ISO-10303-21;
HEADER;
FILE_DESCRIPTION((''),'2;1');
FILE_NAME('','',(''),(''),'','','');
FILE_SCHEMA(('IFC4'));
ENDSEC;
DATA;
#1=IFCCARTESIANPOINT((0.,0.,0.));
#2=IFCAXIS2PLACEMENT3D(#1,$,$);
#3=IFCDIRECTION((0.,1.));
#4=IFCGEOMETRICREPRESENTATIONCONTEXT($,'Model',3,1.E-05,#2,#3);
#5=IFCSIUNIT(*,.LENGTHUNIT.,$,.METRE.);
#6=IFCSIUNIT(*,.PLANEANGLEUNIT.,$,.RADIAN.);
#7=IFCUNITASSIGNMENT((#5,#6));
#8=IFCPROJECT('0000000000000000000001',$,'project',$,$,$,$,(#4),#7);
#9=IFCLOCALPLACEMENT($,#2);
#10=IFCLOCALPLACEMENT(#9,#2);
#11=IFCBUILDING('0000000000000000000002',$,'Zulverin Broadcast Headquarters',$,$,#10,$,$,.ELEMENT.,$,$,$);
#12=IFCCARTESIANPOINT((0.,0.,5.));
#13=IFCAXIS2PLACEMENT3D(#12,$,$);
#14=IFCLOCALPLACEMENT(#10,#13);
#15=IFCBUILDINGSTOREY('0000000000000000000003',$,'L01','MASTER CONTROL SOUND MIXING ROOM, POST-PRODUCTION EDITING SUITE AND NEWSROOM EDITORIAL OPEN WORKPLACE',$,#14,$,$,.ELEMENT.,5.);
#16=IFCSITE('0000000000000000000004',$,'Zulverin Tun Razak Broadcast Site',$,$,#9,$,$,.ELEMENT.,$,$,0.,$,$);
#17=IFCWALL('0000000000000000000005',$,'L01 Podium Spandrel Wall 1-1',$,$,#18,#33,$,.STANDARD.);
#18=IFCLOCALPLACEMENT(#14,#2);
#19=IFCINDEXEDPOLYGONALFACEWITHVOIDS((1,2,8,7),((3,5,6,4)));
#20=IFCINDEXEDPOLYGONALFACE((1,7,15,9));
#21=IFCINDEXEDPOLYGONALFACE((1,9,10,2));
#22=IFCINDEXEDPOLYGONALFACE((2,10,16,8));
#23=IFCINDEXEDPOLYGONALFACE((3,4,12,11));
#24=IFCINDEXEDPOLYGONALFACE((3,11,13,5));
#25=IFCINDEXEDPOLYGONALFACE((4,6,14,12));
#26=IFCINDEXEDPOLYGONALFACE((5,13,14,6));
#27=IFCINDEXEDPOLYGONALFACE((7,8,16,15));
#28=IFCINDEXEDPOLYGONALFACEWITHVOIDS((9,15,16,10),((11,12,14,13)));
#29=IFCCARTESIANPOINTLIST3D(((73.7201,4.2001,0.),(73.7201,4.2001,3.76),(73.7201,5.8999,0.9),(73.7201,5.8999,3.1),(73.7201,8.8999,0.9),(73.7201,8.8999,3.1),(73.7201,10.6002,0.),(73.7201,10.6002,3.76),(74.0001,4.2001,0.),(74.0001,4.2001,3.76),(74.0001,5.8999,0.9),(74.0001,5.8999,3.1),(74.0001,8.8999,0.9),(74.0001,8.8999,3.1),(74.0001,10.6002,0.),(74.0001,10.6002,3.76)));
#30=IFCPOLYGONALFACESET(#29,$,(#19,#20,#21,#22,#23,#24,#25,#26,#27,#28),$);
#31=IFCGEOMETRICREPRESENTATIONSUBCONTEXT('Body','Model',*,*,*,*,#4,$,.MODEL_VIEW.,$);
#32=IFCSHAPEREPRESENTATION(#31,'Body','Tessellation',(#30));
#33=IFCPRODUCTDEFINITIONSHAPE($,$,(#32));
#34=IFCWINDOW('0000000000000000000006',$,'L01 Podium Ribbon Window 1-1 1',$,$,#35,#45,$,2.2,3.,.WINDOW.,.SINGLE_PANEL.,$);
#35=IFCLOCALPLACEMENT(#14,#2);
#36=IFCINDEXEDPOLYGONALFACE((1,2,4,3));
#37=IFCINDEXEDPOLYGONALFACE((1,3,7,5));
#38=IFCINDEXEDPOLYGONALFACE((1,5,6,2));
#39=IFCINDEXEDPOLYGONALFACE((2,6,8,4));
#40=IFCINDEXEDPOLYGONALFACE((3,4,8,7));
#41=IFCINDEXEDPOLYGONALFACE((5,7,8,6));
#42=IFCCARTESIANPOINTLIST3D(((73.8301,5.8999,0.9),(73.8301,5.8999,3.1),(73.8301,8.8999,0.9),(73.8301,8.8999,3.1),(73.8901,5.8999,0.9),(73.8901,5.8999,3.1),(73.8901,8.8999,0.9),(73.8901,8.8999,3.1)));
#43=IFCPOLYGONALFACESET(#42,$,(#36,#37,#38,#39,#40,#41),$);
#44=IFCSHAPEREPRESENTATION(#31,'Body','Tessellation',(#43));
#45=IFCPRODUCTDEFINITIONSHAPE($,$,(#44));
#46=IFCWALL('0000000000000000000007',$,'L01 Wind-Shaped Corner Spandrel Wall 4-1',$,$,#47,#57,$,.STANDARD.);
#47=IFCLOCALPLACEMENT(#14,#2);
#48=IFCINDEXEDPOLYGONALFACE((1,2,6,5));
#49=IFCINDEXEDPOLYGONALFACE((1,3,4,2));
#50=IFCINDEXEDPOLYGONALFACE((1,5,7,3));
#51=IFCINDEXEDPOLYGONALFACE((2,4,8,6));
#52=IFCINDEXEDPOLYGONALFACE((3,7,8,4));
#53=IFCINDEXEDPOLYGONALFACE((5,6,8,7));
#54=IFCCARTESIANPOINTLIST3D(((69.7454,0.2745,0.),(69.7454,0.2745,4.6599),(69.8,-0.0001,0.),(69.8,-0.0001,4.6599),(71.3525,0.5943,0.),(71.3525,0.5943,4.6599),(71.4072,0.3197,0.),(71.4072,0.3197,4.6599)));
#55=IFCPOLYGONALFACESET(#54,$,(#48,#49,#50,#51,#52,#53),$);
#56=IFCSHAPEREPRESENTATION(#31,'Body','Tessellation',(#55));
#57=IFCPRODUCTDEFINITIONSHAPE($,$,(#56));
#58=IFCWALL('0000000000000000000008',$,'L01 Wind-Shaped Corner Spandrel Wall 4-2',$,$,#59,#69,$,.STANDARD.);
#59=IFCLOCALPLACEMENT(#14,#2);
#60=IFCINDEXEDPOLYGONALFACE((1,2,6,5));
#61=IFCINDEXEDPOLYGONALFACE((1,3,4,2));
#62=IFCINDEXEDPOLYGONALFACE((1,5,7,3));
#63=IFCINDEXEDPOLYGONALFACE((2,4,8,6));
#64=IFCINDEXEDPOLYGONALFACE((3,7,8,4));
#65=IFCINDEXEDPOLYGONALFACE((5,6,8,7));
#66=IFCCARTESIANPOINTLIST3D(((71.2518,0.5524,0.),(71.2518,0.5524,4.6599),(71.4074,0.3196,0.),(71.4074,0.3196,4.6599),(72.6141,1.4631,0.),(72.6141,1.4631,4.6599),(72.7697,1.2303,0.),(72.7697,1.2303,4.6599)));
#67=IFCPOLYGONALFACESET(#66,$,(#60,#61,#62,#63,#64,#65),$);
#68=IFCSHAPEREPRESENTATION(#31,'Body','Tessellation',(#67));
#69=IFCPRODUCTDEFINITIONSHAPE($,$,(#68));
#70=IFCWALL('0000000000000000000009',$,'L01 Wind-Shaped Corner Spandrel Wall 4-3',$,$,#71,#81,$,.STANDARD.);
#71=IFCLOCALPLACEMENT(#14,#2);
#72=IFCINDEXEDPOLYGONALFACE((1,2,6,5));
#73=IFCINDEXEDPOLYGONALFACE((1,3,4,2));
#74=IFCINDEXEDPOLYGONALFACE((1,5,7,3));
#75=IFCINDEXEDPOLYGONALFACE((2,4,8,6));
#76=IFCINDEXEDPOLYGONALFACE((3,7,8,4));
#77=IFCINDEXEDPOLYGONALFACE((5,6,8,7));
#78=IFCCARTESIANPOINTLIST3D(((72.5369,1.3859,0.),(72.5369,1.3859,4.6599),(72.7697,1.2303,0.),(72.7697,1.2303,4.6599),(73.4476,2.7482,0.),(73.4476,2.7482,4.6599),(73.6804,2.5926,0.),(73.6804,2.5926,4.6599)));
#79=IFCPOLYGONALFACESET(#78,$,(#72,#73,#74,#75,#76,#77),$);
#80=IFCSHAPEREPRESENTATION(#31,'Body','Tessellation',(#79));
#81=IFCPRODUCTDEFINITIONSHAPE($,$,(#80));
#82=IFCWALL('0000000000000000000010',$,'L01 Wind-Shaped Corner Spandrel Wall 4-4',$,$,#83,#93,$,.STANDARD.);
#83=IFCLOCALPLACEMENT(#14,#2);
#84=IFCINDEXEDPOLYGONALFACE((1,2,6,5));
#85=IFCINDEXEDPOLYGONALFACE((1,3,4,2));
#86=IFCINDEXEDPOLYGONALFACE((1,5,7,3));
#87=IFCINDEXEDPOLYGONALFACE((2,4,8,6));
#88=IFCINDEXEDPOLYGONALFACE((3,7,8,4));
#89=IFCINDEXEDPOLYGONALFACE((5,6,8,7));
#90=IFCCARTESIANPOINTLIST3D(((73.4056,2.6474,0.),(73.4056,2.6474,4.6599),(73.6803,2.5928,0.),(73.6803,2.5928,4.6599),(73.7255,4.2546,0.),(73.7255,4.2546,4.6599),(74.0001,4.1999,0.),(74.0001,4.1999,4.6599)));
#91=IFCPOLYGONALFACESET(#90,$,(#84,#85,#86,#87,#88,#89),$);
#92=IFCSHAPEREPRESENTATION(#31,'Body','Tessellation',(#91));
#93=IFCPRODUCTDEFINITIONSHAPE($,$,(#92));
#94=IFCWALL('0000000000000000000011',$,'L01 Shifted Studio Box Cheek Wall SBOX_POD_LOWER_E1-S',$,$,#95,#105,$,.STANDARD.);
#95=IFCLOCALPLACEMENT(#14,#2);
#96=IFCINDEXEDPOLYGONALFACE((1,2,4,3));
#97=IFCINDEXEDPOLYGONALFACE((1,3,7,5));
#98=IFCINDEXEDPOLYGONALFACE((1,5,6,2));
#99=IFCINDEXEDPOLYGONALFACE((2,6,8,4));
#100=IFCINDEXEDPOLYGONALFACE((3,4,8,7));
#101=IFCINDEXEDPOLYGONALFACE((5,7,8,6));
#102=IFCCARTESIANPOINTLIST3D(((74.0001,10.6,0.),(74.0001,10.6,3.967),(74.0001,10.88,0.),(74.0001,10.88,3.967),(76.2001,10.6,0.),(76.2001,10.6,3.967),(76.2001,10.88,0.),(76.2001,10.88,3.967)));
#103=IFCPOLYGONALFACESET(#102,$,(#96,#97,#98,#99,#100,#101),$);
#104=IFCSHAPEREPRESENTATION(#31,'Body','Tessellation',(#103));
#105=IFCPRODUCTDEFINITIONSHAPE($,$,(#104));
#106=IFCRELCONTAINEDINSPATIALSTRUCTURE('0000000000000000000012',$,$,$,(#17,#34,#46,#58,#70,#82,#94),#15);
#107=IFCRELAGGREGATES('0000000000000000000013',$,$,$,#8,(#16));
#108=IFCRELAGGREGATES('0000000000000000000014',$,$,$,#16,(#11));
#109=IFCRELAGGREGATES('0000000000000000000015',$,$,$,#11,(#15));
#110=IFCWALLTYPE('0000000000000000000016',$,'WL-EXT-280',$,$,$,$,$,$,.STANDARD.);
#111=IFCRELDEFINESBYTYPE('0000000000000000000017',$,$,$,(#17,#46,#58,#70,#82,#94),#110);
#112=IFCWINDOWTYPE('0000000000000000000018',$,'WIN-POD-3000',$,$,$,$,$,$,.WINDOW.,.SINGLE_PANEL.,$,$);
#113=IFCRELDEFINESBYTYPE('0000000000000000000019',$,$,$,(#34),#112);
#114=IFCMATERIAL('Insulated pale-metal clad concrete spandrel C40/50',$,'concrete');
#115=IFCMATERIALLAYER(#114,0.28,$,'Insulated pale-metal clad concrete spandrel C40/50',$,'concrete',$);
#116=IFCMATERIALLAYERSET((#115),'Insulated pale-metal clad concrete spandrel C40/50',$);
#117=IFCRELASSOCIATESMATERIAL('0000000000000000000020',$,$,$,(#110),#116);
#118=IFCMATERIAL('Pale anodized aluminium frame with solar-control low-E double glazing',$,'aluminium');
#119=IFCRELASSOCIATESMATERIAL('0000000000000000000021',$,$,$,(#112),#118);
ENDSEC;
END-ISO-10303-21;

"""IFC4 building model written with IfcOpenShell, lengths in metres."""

from ifc_helpers import new_model, si_unit, direction, frame, frame_2d, origin, place, context, subcontext, project, spatial, rectangle, extrude, material, layer, layer_set, type_object, element, fill, save


model = new_model("IFC4")

# Units and contexts
model_context = context("Model", 3, precision=1e-05, world=origin(), true_north=direction((0.0, 1.0)))
body_context = subcontext(model_context, "Body", "Model", "MODEL_VIEW")
ifc_project = project(units=[si_unit("LENGTHUNIT", "METRE"), si_unit("PLANEANGLEUNIT", "RADIAN")], contexts=[model_context])

# Site, building, storey
site_placement = place(None, origin())
site = spatial("IfcSite", under=ifc_project, at=site_placement, Name="Zulverin Tun Razak Broadcast Site", CompositionType="ELEMENT", RefElevation=0.0)
building_placement = place(site_placement, origin())
building = spatial("IfcBuilding", under=site, at=building_placement, Name="Zulverin Broadcast Headquarters", CompositionType="ELEMENT")
storey_placement = place(building_placement, frame((0.0, 0.0, 5.0)))
storey = spatial("IfcBuildingStorey", under=building, at=storey_placement, Name="L01", Description="MASTER CONTROL SOUND MIXING ROOM, POST-PRODUCTION EDITING SUITE AND NEWSROOM EDITORIAL OPEN WORKPLACE", CompositionType="ELEMENT", Elevation=5.0)

# Wall, opening, window
ifc_material_1 = material(Name="Insulated pale-metal clad concrete spandrel C40/50", Category="concrete")
ifc_layer_1 = layer(ifc_material_1, 0.28, Name="Insulated pale-metal clad concrete spandrel C40/50", Category="concrete")
ifc_layer_set_1 = layer_set([ifc_layer_1], Name="Insulated pale-metal clad concrete spandrel C40/50")
wall_type = type_object("IfcWallType", Name="WL-EXT-280", PredefinedType="STANDARD", material=ifc_layer_set_1)
wall_1_placement = place(storey_placement, frame((73.8601, 4.2, 0.0), z_axis=(0.0, 0.0, 1.0), x_axis=(0.0, 1.0, 0.0)))
wall_1 = element("IfcWall", 1, at=wall_1_placement, inside=storey, type_object=wall_type, Name="L01 Podium Spandrel Wall 1-1", PredefinedType="STANDARD", context=body_context, shape_type="SweptSolid", body=[
    extrude(rectangle(XDim=6.4001, YDim=0.28, at=frame_2d((3.2002, 0.0))), origin(), (0.0, 0.0, 1.0), 3.76),
])
opening_placement = place(wall_1_placement, frame((1.7, 0.0, 0.8999)))
opening = element("IfcOpeningElement", 2, at=opening_placement, cuts=wall_1, PredefinedType="OPENING", context=body_context, shape_type="SweptSolid", body=[
    extrude(rectangle(XDim=3.0, YDim=2.2, at=frame_2d((1.5, 1.1001))), frame((0.0, 0.1499, 0.0), z_axis=(0.0, -1.0, 0.0), x_axis=(1.0, 0.0, 0.0)), (0.0, 0.0, 1.0), 0.3),
])
ifc_material_2 = material(Name="Pale anodized aluminium frame with solar-control low-E double glazing", Category="aluminium")
window_type = type_object("IfcWindowType", Name="WIN-POD-3000", PartitioningType="SINGLE_PANEL", PredefinedType="WINDOW", material=ifc_material_2)
window_placement = place(opening_placement, origin())
window = element("IfcWindow", 3, at=window_placement, inside=storey, type_object=window_type, Name="L01 Podium Ribbon Window 1-1 1", OverallHeight=2.2, OverallWidth=3.0, PartitioningType="SINGLE_PANEL", PredefinedType="WINDOW", context=body_context, shape_type="SweptSolid", body=[
    extrude(rectangle(XDim=3.0, YDim=2.2, at=frame_2d((1.5, 1.1001))), frame((0.0, 0.03, 0.0), z_axis=(0.0, -1.0, 0.0), x_axis=(1.0, 0.0, 0.0)), (0.0, 0.0, 1.0), 0.0601),
])
fill(opening, window)

# Walls
for number, where, z_axis, x_axis, name in (
    (4, (69.7727, 0.1372, 0.0), (0.0, 0.0, 1.0), (0.980769, 0.195171, 0.0), "L01 Wind-Shaped Corner Spandrel Wall 4-1"),
    (5, (71.3296, 0.436, 0.0), (0.0, 0.0, 1.0), (0.831362, 0.555731, 0.0), "L01 Wind-Shaped Corner Spandrel Wall 4-2"),
    (6, (72.6533, 1.3081, 0.0), (0.0, 0.0, 1.0), (0.555731, 0.831362, 0.0), "L01 Wind-Shaped Corner Spandrel Wall 4-3"),
    (7, (73.543, 2.6201, 0.0), (0.0, 0.0, 1.0), (0.195171, 0.980769, 0.0), "L01 Wind-Shaped Corner Spandrel Wall 4-4"),
):
    element("IfcWall", number, at=place(storey_placement, frame(where, z_axis=z_axis, x_axis=x_axis)), inside=storey, type_object=wall_type, Name=name, PredefinedType="STANDARD", context=body_context, shape_type="SweptSolid", body=[
        extrude(rectangle(XDim=1.6387, YDim=0.28, at=frame_2d((0.8193, 0.0))), origin(), (0.0, 0.0, 1.0), 4.6599),
    ])
wall_2_placement = place(storey_placement, frame((74.0, 10.74, 0.0), z_axis=(0.0, 0.0, 1.0), x_axis=(1.0, 0.0, 0.0)))
element("IfcWall", 8, at=wall_2_placement, inside=storey, type_object=wall_type, Name="L01 Shifted Studio Box Cheek Wall SBOX_POD_LOWER_E1-S", PredefinedType="STANDARD", context=body_context, shape_type="SweptSolid", body=[
    extrude(rectangle(XDim=2.2, YDim=0.28, at=frame_2d((1.1001, 0.0))), origin(), (0.0, 0.0, 1.0), 3.967),
])

save(model, "model.ifc")
